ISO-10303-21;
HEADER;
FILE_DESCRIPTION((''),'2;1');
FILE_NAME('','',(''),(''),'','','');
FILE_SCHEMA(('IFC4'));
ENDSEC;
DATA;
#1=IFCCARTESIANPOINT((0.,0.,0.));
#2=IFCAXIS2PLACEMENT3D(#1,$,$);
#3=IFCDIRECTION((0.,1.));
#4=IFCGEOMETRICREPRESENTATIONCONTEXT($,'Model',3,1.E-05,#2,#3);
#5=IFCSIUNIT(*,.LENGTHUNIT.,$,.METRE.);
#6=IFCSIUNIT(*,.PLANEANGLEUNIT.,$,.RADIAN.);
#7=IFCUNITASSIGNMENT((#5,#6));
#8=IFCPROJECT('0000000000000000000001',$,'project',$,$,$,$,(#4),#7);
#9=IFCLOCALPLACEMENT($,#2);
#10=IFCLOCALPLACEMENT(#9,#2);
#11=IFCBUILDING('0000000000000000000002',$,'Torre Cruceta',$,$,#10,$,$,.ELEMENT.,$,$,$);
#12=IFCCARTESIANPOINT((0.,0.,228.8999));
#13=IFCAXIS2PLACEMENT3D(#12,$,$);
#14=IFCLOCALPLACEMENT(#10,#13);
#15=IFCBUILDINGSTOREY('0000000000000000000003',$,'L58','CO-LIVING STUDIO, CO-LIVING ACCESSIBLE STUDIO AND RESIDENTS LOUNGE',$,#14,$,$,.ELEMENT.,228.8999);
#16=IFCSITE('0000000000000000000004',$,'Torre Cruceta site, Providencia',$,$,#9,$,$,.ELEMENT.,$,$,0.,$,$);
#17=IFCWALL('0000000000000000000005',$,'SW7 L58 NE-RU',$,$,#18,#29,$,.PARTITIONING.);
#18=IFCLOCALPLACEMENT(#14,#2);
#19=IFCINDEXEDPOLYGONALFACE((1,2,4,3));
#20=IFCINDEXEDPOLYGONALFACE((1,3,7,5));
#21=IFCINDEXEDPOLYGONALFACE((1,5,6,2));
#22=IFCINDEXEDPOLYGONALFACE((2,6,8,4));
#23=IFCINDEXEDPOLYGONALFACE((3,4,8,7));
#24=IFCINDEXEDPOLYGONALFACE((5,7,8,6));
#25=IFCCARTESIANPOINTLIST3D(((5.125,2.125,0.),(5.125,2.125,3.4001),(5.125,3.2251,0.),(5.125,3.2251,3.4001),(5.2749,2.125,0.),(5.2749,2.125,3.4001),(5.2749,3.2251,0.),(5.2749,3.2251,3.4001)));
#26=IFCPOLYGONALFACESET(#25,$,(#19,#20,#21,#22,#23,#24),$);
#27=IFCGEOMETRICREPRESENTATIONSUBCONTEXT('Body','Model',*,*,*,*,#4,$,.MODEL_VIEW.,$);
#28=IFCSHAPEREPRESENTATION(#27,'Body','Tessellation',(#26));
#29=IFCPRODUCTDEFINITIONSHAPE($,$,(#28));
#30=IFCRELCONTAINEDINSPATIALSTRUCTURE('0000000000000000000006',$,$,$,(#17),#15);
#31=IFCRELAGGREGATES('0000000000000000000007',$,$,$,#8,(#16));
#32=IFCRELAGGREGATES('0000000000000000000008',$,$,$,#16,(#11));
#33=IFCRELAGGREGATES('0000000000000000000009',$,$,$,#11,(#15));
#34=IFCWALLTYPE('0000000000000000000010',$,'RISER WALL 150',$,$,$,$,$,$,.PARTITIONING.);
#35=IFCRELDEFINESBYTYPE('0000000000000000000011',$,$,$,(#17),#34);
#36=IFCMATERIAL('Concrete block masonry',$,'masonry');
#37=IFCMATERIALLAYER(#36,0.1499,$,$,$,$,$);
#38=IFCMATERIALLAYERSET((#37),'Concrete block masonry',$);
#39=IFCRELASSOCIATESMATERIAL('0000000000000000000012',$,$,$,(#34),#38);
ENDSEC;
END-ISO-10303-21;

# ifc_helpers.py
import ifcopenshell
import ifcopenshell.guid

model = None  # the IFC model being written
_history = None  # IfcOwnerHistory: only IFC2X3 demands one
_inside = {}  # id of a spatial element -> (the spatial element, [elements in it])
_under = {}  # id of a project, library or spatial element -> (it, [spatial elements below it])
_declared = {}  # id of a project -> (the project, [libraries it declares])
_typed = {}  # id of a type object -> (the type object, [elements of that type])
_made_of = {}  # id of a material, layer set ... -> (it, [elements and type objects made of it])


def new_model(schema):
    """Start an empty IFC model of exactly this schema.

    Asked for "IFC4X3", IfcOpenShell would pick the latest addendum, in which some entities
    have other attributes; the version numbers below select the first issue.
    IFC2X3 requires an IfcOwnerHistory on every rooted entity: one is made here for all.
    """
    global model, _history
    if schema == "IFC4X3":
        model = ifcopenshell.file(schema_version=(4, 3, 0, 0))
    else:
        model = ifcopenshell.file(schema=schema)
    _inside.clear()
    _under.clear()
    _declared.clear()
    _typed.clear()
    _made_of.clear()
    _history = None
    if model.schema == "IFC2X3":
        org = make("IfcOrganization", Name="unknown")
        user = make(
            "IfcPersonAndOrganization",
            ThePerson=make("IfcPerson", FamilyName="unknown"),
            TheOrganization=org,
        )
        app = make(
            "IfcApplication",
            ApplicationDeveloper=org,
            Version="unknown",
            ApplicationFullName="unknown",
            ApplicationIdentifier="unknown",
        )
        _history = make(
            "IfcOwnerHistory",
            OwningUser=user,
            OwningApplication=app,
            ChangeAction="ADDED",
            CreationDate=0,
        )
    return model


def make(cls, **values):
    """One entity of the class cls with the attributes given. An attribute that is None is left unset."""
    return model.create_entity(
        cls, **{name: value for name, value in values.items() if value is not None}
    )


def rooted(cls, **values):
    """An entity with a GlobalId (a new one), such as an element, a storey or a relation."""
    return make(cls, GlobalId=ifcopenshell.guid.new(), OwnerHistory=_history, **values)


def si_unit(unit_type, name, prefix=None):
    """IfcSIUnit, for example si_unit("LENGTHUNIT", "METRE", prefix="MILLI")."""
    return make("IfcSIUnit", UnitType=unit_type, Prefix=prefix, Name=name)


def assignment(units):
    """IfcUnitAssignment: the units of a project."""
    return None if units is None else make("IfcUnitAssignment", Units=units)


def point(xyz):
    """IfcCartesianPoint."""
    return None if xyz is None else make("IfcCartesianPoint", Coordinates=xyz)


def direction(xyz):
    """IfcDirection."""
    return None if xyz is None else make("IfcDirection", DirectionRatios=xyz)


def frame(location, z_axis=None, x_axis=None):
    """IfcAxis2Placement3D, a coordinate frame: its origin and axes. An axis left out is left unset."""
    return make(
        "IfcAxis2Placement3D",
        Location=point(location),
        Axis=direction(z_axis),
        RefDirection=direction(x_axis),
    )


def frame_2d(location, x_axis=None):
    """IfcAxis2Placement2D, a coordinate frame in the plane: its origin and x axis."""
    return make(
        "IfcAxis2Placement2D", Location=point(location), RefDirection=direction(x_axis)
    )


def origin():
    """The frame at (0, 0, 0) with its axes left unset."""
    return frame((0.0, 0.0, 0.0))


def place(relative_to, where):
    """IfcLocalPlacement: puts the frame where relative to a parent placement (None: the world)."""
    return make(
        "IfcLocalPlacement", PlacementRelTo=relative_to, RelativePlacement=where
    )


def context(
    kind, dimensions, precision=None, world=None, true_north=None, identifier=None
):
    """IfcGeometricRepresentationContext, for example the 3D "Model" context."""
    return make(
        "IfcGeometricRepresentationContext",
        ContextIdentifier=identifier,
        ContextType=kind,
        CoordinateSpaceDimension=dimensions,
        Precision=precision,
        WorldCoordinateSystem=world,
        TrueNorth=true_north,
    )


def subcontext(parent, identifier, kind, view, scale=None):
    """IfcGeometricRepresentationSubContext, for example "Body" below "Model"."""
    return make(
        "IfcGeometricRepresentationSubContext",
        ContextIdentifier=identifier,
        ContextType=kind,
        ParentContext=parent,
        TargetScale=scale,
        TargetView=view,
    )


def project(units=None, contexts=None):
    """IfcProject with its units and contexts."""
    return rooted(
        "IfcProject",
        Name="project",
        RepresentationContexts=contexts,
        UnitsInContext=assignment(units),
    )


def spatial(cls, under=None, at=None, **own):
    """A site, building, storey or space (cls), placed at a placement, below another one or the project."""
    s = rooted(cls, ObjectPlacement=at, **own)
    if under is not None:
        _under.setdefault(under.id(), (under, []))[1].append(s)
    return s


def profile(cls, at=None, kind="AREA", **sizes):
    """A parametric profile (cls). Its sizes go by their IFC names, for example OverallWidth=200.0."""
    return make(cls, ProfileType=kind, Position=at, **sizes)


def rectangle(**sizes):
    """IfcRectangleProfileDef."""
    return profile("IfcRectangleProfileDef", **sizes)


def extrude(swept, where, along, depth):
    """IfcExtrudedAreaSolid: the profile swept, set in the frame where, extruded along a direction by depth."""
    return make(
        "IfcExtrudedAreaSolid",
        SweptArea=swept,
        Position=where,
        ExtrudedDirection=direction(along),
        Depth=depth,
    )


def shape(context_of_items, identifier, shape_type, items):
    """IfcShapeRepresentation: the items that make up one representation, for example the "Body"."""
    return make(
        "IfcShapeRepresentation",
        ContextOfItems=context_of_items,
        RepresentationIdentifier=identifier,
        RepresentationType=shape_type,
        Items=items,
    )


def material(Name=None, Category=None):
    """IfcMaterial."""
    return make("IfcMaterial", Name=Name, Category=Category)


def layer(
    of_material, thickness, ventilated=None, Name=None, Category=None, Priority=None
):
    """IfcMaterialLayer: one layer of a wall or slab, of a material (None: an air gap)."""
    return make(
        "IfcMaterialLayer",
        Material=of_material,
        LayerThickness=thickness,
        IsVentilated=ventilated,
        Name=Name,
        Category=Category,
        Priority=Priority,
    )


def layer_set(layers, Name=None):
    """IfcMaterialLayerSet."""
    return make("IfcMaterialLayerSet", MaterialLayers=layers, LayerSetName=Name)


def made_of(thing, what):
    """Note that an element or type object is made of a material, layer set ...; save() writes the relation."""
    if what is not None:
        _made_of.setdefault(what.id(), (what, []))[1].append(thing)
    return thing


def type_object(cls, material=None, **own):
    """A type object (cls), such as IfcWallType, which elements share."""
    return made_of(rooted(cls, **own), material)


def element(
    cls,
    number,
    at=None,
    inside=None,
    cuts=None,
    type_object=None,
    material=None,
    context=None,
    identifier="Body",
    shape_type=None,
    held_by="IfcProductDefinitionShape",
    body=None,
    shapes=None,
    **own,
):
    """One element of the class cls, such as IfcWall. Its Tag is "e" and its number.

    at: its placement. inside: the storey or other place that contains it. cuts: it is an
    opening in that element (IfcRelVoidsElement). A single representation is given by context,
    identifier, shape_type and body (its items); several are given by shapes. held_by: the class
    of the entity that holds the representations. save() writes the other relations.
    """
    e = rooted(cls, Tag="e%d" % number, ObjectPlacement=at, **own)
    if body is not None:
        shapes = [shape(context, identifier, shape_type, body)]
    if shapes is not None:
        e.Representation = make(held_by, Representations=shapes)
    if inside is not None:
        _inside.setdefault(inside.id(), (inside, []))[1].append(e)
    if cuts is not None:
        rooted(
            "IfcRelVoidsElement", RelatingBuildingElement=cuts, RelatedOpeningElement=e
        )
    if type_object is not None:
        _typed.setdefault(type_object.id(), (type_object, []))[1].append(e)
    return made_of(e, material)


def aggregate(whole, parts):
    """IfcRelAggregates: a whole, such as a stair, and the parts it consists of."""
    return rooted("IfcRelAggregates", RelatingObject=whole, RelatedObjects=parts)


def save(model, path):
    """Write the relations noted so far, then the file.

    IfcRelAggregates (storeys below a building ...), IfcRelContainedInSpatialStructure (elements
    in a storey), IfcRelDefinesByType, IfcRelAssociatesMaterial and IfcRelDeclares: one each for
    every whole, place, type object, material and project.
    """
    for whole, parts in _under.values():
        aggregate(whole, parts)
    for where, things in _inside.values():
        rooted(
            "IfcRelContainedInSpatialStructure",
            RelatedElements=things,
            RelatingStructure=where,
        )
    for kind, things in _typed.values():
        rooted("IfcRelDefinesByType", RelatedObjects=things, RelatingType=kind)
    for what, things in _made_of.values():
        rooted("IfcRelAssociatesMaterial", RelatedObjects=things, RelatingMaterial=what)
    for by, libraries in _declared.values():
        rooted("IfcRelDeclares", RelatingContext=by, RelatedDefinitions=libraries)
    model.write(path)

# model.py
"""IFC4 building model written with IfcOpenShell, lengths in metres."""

from ifc_helpers import new_model, si_unit, direction, frame, frame_2d, origin, place, context, subcontext, project, spatial, rectangle, extrude, material, layer, layer_set, type_object, element, save


model = new_model("IFC4")

# Units and contexts
model_context = context("Model", 3, precision=1e-05, world=origin(), true_north=direction((0.0, 1.0)))
body_context = subcontext(model_context, "Body", "Model", "MODEL_VIEW")
ifc_project = project(units=[si_unit("LENGTHUNIT", "METRE"), si_unit("PLANEANGLEUNIT", "RADIAN")], contexts=[model_context])

# Site, building, storey
site_placement = place(None, origin())
site = spatial("IfcSite", under=ifc_project, at=site_placement, Name="Torre Cruceta site, Providencia", CompositionType="ELEMENT", RefElevation=0.0)
building_placement = place(site_placement, origin())
building = spatial("IfcBuilding", under=site, at=building_placement, Name="Torre Cruceta", CompositionType="ELEMENT")
storey_placement = place(building_placement, frame((0.0, 0.0, 228.8999)))
storey = spatial("IfcBuildingStorey", under=building, at=storey_placement, Name="L58", Description="CO-LIVING STUDIO, CO-LIVING ACCESSIBLE STUDIO AND RESIDENTS LOUNGE", CompositionType="ELEMENT", Elevation=228.8999)

# Shared definitions
ifc_material_1 = material(Name="Concrete block masonry", Category="masonry")
ifc_layer_1 = layer(ifc_material_1, 0.1499)
ifc_layer_set_1 = layer_set([ifc_layer_1], Name="Concrete block masonry")
wall_type_1 = type_object("IfcWallType", Name="RISER WALL 150", PredefinedType="PARTITIONING", material=ifc_layer_set_1)

# Wall
wall_1_placement = place(storey_placement, frame((5.2, 2.125, 0.0), z_axis=(0.0, 0.0, 1.0), x_axis=(0.0, 1.0, 0.0)))
element("IfcWall", 1, at=wall_1_placement, inside=storey, type_object=wall_type_1, Name="SW7 L58 NE-RU", PredefinedType="PARTITIONING", context=body_context, shape_type="SweptSolid", body=[
    extrude(rectangle(XDim=1.1001, YDim=0.1499, at=frame_2d((0.55, 0.0))), origin(), (0.0, 0.0, 1.0), 3.4001),
])

save(model, "model.ifc")
